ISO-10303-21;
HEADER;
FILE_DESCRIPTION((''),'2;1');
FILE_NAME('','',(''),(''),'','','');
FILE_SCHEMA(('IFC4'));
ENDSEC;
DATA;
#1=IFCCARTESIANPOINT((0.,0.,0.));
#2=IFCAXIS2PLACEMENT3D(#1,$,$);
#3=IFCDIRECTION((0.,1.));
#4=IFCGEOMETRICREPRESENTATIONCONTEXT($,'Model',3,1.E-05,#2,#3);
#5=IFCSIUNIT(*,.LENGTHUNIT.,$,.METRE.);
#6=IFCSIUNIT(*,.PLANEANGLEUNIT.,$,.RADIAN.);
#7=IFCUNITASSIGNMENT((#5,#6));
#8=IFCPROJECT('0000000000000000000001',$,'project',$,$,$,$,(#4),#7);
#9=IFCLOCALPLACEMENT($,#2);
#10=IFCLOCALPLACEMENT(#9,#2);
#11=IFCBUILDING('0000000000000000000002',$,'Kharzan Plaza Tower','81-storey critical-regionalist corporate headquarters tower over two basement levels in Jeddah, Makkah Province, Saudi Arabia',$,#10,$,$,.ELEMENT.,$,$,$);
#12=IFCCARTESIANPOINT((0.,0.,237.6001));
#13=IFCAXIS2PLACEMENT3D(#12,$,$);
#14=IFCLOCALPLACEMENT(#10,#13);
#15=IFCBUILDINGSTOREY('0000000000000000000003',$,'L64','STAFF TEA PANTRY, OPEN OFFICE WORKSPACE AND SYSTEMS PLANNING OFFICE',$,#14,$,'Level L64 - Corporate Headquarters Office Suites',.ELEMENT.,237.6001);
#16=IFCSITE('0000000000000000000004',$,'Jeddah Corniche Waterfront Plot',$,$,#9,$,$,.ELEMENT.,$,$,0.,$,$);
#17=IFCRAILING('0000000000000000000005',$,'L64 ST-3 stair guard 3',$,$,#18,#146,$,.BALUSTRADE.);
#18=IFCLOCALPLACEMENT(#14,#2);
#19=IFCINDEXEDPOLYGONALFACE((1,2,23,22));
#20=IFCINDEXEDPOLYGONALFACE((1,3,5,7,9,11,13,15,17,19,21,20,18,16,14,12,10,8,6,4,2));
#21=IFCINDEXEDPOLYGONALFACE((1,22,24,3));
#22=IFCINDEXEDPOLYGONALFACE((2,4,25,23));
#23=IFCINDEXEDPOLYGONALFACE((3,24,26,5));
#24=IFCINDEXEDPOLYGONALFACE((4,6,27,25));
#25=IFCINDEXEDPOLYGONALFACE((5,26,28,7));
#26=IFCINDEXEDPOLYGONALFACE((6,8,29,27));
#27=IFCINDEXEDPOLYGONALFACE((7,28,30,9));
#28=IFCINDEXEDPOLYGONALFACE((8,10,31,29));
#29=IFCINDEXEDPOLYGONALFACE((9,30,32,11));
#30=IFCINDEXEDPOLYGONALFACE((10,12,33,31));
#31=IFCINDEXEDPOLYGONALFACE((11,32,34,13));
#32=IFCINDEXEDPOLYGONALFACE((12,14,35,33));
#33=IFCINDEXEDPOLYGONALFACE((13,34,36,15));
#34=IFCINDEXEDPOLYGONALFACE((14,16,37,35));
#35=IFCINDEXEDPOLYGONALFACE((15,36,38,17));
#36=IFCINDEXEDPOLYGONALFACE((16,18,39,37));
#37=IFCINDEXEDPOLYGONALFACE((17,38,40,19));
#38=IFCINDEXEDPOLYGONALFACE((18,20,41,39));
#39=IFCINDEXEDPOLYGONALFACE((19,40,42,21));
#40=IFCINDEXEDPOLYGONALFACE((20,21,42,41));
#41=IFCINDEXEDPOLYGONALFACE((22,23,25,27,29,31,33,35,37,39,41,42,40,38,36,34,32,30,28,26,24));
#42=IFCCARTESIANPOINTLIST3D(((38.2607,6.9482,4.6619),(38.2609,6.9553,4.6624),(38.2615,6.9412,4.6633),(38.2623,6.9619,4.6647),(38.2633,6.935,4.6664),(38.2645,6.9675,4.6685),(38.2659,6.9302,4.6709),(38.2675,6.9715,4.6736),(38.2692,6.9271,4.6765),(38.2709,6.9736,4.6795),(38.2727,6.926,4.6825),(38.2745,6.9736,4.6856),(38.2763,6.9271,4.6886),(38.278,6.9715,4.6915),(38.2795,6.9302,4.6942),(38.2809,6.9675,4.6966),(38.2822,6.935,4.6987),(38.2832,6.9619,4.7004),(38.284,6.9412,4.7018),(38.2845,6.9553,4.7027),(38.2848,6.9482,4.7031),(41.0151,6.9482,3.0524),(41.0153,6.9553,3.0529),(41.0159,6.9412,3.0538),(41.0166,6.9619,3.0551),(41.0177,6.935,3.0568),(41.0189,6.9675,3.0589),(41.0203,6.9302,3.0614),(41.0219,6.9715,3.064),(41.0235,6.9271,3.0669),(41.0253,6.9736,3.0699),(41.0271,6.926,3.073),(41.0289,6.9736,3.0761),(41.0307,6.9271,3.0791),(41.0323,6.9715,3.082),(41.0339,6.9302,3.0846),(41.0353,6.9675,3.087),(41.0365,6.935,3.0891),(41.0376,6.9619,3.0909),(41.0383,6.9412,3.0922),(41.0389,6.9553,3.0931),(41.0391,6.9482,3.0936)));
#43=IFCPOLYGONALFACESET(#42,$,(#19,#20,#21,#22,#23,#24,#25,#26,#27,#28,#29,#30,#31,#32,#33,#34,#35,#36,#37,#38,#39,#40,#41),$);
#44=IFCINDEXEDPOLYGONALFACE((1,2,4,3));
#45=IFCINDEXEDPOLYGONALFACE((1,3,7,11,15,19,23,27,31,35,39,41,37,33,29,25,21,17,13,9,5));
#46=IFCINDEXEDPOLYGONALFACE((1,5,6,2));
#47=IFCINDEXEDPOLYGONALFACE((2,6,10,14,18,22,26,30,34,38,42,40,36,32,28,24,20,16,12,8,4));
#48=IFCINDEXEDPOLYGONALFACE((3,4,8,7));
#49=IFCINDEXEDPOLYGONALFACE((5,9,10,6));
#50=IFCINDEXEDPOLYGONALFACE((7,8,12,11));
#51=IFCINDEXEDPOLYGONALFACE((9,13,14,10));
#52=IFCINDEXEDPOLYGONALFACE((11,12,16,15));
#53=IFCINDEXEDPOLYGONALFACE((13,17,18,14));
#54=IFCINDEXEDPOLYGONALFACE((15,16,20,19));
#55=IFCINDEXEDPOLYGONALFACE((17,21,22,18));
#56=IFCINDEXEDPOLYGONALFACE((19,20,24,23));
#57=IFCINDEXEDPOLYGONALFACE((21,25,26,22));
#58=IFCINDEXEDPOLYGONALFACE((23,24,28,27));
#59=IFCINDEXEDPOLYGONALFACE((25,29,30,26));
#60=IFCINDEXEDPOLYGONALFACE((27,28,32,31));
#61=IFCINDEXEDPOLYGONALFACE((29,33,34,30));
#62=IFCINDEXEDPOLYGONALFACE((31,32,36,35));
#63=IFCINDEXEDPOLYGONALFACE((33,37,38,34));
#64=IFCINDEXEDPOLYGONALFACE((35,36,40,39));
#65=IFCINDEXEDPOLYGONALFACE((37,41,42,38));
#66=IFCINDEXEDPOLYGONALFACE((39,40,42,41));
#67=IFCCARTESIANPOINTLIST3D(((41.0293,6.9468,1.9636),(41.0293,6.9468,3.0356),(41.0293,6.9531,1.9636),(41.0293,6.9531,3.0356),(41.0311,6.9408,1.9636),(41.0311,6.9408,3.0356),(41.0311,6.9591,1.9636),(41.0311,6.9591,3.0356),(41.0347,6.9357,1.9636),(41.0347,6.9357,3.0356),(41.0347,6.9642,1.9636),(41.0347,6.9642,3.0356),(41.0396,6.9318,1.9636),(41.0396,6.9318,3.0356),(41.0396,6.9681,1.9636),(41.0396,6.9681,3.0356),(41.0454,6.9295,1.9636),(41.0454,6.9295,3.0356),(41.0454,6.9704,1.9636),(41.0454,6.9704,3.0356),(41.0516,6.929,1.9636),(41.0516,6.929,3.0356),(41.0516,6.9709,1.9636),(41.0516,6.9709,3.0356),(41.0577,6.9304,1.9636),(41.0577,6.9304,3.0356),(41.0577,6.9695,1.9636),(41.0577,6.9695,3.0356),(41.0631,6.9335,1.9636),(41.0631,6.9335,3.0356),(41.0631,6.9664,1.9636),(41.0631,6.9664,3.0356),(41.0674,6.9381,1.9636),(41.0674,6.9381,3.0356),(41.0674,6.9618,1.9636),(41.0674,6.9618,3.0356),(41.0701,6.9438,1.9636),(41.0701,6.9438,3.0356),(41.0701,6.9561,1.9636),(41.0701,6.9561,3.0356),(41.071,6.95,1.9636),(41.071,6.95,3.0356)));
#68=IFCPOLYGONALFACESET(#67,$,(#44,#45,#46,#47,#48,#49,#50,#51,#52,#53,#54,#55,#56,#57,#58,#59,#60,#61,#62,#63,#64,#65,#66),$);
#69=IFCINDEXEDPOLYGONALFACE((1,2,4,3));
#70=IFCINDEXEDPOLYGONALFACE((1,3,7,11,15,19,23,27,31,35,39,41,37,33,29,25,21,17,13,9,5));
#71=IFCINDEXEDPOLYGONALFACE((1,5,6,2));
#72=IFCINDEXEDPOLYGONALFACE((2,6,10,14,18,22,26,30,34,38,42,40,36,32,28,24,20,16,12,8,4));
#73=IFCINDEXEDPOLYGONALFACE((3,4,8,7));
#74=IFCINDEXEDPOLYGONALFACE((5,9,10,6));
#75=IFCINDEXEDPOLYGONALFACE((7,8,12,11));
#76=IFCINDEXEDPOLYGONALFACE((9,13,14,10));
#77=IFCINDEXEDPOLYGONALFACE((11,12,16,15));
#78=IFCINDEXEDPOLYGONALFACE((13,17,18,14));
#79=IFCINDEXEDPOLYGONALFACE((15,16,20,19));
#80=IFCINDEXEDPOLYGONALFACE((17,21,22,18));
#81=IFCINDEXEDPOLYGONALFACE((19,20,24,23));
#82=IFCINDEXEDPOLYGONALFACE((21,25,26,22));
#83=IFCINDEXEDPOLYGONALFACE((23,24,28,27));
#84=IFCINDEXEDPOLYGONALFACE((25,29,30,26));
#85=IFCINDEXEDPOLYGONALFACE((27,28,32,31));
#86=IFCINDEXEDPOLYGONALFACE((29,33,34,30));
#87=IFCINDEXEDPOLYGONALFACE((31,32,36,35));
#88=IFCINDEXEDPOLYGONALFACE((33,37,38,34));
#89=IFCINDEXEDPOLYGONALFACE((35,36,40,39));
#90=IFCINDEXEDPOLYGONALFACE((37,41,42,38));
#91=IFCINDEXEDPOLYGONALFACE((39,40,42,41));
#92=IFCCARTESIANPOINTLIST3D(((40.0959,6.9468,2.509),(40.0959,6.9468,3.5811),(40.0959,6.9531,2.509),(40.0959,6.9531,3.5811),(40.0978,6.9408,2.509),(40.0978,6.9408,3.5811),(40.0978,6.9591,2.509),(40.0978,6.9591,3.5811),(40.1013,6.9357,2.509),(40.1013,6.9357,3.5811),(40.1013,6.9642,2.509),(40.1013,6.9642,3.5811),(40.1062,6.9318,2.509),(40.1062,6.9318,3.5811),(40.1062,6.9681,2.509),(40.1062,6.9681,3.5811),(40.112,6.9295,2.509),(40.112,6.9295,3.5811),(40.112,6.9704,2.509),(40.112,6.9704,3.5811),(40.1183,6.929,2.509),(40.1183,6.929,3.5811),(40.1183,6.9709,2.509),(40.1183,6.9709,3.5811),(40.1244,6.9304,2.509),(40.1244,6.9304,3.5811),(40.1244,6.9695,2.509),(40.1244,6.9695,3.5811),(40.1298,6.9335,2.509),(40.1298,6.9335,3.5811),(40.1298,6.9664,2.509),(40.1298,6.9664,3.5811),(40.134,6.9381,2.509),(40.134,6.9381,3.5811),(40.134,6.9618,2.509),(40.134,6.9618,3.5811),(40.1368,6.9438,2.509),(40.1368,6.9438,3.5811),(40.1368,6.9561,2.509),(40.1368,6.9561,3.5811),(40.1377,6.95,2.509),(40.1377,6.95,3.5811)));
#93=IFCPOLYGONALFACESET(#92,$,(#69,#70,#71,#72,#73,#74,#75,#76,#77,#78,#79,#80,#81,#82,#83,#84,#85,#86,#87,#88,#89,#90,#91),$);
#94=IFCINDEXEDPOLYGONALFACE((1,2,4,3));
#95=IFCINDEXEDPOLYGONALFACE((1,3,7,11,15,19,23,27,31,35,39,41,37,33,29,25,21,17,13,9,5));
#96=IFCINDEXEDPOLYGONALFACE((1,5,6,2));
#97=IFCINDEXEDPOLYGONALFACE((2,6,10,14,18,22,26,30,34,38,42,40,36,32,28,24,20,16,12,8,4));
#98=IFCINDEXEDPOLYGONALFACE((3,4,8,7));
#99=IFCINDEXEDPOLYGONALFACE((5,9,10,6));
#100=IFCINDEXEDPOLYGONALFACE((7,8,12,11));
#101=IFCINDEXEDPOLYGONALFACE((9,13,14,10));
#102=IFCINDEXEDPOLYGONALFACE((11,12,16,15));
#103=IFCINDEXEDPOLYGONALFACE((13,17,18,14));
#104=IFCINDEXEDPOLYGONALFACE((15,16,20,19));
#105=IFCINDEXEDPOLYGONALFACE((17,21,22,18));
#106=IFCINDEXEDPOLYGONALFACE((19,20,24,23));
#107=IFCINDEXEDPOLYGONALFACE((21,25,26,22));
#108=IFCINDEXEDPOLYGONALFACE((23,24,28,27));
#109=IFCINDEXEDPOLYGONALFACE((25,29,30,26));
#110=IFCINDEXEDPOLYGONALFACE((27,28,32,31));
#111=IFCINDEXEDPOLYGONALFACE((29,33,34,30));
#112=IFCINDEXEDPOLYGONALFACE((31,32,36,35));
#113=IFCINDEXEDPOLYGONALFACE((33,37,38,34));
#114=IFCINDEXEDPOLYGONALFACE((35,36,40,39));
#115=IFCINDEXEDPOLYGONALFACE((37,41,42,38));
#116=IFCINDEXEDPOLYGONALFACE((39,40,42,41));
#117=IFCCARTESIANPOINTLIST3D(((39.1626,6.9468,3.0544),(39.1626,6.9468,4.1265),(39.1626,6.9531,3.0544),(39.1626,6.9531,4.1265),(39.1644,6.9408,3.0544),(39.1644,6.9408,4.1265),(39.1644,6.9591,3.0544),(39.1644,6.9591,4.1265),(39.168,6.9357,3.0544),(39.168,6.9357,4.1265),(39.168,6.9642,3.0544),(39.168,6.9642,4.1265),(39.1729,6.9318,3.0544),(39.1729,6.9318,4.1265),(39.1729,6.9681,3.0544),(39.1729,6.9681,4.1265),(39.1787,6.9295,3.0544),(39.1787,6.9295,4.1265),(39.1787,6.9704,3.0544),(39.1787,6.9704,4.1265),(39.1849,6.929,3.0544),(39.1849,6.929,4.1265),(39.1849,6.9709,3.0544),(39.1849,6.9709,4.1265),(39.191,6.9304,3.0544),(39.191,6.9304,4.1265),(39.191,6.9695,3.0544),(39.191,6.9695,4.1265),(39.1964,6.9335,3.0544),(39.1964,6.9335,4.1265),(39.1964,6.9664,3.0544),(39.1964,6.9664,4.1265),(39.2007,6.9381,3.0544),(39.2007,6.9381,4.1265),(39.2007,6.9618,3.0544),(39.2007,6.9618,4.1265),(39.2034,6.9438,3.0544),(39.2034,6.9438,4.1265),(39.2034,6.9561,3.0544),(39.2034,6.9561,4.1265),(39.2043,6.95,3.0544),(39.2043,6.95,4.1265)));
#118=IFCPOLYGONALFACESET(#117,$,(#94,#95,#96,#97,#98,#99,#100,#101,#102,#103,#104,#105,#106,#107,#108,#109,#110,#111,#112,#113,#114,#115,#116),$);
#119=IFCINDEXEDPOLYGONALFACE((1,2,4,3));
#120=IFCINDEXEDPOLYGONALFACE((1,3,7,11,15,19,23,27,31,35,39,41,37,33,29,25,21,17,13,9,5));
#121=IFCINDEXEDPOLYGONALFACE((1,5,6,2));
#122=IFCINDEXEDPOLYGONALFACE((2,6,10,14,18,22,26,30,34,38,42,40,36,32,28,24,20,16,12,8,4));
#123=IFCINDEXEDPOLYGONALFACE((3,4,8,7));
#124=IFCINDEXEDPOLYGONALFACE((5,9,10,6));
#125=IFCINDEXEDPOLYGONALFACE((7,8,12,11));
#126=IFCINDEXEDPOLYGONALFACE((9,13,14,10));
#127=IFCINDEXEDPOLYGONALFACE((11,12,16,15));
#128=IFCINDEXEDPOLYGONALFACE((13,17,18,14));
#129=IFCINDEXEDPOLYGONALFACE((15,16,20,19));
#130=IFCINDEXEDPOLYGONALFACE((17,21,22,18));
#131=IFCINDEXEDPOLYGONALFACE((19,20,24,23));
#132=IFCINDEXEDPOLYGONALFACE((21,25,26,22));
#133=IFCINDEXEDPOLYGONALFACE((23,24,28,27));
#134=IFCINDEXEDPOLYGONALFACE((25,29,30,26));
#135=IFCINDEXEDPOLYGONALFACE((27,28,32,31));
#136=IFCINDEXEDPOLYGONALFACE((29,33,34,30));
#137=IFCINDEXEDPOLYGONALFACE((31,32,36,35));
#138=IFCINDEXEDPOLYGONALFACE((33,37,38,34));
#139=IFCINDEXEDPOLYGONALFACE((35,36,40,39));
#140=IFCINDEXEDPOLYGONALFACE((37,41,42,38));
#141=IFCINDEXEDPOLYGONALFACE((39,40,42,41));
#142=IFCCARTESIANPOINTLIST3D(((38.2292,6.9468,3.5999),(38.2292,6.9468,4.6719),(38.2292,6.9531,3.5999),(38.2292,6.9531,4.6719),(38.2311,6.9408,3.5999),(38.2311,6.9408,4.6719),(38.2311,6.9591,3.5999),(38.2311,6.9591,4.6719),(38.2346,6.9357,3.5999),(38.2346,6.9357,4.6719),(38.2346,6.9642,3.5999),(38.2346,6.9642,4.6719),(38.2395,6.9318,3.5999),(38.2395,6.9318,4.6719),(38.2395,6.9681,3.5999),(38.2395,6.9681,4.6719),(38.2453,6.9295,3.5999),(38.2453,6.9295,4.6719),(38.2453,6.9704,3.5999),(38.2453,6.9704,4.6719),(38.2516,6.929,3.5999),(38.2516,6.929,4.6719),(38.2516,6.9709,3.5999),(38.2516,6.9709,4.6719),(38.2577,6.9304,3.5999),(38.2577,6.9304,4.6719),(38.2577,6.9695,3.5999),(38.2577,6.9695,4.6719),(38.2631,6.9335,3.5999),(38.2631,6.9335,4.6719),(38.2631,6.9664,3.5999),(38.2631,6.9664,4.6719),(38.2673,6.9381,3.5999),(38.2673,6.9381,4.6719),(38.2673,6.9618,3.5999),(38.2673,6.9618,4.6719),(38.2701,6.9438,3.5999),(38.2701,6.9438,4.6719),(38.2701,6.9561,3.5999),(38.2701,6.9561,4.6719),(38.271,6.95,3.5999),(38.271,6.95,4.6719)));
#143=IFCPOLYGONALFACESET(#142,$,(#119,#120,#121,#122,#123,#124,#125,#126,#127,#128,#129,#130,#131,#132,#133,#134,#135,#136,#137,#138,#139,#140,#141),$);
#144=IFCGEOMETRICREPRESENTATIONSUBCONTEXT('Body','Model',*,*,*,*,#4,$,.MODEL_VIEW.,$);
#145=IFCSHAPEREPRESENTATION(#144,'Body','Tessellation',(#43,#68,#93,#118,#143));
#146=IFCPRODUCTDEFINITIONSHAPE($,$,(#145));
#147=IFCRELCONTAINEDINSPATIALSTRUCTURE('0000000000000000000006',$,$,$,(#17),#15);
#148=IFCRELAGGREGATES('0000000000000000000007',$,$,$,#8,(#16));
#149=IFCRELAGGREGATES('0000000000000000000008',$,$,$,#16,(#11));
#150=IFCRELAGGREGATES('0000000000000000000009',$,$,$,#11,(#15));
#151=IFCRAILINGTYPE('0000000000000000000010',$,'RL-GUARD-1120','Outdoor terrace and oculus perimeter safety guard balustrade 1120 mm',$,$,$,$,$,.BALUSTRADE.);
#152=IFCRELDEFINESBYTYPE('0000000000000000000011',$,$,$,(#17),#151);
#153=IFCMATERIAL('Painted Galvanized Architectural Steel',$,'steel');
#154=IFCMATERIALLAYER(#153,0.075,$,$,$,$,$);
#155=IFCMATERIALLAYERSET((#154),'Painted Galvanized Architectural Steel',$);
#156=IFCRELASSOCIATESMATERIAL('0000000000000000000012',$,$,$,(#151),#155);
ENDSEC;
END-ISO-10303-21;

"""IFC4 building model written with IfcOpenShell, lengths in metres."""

from ifc_helpers import new_model, si_unit, direction, frame, origin, origin_2d, place, context, subcontext, project, spatial, circle, extrude, source, transform, mapped, material, layer, layer_set, type_object, element, save


model = new_model("IFC4")

# Units and contexts
model_context = context("Model", 3, precision=1e-05, world=origin(), true_north=direction((0.0, 1.0)))
body_context = subcontext(model_context, "Body", "Model", "MODEL_VIEW")
ifc_project = project(units=[si_unit("LENGTHUNIT", "METRE"), si_unit("PLANEANGLEUNIT", "RADIAN")], contexts=[model_context])

# Site, building, storey
site_placement = place(None, origin())
site = spatial("IfcSite", under=ifc_project, at=site_placement, Name="Jeddah Corniche Waterfront Plot", CompositionType="ELEMENT", RefElevation=0.0)
building_placement = place(site_placement, origin())
building = spatial("IfcBuilding", under=site, at=building_placement, Name="Kharzan Plaza Tower", Description="81-storey critical-regionalist corporate headquarters tower over two basement levels in Jeddah, Makkah Province, Saudi Arabia", CompositionType="ELEMENT")
storey_placement = place(building_placement, frame((0.0, 0.0, 237.6001)))
storey = spatial("IfcBuildingStorey", under=building, at=storey_placement, Name="L64", Description="STAFF TEA PANTRY, OPEN OFFICE WORKSPACE AND SYSTEMS PLANNING OFFICE", LongName="Level L64 - Corporate Headquarters Office Suites", CompositionType="ELEMENT", Elevation=237.6001)

# Railing
ifc_material_1 = material(Name="Painted Galvanized Architectural Steel", Category="steel")
ifc_layer_1 = layer(ifc_material_1, 0.075)
ifc_layer_set_1 = layer_set([ifc_layer_1], Name="Painted Galvanized Architectural Steel")
railing_type_1 = type_object("IfcRailingType", Name="RL-GUARD-1120", Description="Outdoor terrace and oculus perimeter safety guard balustrade 1120 mm", PredefinedType="BALUSTRADE", material=ifc_layer_set_1)
shared_shape_1 = source(origin(), body_context, "Body", "SweptSolid", [
    extrude(circle(Radius=0.0239, at=origin_2d()), frame((-0.0229, 0.0, 1.1094), z_axis=(-0.863394, 0.0, 0.504531), x_axis=(0.0, -1.0, 0.0)), (0.0, 0.0, 1.0), 3.1902),
    extrude(circle(Radius=0.021, at=origin_2d()), origin(), (0.0, 0.0, 1.0), 1.072),
    extrude(circle(Radius=0.021, at=origin_2d()), frame((-0.9333, 0.0, 0.5454)), (0.0, 0.0, 1.0), 1.072),
    extrude(circle(Radius=0.021, at=origin_2d()), frame((-1.8667, 0.0, 1.0908)), (0.0, 0.0, 1.0), 1.072),
    extrude(circle(Radius=0.021, at=origin_2d()), frame((-2.8, 0.0, 1.6362)), (0.0, 0.0, 1.0), 1.072),
])
railing_1_placement = place(storey_placement, frame((41.05, 6.95, 1.9636)))
element("IfcRailing", 1, at=railing_1_placement, inside=storey, type_object=railing_type_1, Name="L64 ST-3 stair guard 3", PredefinedType="BALUSTRADE", context=body_context, shape_type="MappedRepresentation", body=[
    mapped(shared_shape_1, transform((0.0, 0.0, 0.0), x_axis=(1.0, 0.0, 0.0), y_axis=(0.0, 1.0, 0.0), z_axis=(0.0, 0.0, 1.0))),
])

save(model, "model.ifc")
